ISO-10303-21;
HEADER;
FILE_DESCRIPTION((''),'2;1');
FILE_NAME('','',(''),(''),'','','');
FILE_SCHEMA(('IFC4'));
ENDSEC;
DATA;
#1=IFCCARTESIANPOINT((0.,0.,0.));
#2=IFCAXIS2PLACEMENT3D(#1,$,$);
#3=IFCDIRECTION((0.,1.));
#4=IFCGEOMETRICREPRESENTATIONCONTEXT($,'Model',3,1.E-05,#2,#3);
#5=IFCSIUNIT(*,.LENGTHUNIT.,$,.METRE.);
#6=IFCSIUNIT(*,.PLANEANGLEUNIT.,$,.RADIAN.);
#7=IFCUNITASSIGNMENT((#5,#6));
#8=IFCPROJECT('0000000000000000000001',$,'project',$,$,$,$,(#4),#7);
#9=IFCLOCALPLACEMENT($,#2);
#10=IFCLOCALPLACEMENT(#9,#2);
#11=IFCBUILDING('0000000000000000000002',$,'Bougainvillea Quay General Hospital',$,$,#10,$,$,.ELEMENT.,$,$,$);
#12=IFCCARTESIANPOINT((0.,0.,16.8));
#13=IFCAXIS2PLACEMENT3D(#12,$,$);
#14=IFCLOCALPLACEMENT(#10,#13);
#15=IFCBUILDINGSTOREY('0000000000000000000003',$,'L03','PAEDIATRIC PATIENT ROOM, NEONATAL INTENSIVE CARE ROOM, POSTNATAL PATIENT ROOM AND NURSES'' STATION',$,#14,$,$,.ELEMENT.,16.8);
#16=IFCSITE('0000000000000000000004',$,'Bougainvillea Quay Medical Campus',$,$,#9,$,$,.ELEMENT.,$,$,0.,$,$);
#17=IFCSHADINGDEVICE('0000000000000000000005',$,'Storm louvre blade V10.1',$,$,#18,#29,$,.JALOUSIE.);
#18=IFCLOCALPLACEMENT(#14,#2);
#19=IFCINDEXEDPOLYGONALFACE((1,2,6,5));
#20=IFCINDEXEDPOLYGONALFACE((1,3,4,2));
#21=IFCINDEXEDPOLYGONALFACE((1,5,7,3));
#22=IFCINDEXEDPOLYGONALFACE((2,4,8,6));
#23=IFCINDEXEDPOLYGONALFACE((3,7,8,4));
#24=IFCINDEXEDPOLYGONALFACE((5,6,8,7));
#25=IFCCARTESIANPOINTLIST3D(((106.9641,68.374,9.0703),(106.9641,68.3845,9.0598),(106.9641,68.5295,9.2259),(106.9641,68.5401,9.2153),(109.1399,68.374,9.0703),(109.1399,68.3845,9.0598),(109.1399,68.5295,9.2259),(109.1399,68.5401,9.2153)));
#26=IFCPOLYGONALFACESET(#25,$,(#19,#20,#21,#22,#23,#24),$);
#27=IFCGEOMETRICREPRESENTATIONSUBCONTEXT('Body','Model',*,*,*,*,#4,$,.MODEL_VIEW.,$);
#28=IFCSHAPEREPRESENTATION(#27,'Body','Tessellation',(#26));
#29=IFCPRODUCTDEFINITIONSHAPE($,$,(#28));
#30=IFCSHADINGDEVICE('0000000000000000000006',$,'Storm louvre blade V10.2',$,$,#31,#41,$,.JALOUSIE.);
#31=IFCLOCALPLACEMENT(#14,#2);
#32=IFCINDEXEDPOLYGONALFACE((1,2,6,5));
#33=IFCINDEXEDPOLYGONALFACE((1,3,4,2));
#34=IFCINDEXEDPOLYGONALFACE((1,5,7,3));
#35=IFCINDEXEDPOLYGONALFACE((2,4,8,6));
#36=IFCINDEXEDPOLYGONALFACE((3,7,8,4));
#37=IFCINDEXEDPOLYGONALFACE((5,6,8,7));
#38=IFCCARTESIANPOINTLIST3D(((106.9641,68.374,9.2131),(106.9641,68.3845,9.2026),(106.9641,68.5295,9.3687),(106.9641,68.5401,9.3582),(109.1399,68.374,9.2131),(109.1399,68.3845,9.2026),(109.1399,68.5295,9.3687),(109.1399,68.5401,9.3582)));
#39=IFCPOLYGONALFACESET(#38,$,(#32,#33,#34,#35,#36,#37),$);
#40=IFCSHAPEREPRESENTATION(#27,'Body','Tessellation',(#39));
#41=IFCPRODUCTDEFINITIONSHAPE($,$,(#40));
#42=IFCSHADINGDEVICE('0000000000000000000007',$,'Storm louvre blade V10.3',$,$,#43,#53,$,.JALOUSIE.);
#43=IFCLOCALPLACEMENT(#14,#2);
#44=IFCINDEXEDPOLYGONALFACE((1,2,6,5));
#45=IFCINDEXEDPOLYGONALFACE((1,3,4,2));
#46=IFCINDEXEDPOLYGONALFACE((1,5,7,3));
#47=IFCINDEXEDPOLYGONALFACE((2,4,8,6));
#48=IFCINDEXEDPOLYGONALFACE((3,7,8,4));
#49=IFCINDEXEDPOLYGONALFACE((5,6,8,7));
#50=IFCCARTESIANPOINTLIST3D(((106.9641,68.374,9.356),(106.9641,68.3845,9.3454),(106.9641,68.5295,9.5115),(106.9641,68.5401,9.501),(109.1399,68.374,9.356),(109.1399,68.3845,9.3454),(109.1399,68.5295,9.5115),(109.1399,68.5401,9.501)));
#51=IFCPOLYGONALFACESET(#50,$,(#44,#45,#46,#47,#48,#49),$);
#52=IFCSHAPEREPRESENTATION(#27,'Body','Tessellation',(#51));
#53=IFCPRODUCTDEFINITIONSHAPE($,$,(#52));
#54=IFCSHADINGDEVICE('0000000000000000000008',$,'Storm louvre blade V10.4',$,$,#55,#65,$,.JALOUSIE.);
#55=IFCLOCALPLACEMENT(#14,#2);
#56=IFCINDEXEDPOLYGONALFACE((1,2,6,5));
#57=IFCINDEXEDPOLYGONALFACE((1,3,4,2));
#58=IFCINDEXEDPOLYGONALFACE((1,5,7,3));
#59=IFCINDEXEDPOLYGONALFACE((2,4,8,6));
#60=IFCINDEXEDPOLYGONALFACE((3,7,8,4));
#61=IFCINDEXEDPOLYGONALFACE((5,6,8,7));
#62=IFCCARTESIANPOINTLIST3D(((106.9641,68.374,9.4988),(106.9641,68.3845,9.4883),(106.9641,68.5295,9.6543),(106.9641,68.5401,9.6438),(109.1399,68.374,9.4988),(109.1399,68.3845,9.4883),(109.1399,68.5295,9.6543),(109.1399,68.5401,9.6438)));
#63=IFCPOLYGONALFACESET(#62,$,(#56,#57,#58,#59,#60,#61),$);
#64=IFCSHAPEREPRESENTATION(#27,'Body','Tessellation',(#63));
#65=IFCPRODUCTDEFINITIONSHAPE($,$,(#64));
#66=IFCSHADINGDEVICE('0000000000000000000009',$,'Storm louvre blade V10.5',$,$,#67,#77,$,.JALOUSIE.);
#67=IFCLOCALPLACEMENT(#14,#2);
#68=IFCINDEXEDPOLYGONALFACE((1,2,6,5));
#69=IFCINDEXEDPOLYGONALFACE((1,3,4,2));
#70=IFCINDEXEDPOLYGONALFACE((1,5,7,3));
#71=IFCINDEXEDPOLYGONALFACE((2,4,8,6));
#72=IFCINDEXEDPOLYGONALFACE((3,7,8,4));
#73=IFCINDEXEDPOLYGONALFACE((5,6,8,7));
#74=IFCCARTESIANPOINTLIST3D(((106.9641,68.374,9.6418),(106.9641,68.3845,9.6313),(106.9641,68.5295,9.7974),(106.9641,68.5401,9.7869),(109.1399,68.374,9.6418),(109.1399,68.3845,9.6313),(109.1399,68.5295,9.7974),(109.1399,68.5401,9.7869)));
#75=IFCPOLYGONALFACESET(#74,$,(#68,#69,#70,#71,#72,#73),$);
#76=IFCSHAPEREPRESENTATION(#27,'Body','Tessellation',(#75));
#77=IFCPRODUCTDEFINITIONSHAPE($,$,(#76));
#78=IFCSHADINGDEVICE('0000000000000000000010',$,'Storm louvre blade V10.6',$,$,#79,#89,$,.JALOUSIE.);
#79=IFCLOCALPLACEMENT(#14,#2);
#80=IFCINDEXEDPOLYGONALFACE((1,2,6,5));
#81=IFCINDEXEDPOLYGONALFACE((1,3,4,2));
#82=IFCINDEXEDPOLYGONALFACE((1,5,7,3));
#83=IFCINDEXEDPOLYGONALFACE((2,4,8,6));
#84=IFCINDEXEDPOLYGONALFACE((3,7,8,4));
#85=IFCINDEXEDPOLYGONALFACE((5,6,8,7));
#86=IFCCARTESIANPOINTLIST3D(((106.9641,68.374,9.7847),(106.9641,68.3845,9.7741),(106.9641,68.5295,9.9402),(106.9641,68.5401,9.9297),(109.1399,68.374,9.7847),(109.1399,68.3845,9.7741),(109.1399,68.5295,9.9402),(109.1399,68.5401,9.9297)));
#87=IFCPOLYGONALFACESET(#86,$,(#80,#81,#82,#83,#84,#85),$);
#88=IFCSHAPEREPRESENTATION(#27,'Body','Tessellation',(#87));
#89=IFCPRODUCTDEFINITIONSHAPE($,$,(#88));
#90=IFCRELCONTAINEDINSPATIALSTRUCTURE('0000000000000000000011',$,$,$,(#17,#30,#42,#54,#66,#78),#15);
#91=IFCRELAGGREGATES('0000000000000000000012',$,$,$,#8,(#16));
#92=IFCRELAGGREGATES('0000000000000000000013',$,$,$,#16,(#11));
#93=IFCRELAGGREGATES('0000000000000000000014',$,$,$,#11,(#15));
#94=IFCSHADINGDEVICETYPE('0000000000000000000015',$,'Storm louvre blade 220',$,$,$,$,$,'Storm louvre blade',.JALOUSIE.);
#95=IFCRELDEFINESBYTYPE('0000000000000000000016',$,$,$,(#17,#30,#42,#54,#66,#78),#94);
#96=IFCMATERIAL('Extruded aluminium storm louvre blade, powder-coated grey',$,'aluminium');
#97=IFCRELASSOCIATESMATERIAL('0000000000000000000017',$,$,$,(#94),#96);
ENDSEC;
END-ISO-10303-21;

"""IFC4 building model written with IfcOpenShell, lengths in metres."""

from ifc_helpers import new_model, si_unit, direction, frame, origin, origin_2d, place, context, subcontext, project, spatial, rectangle, extrude, material, material_profile, profile_set, type_object, element, save


model = new_model("IFC4")

# Units and contexts
model_context = context("Model", 3, precision=1e-05, world=origin(), true_north=direction((0.0, 1.0)))
body_context = subcontext(model_context, "Body", "Model", "MODEL_VIEW")
ifc_project = project(units=[si_unit("LENGTHUNIT", "METRE"), si_unit("PLANEANGLEUNIT", "RADIAN")], contexts=[model_context])

# Site, building, storey
site_placement = place(None, origin())
site = spatial("IfcSite", under=ifc_project, at=site_placement, Name="Bougainvillea Quay Medical Campus", CompositionType="ELEMENT", RefElevation=0.0)
building_placement = place(site_placement, origin())
building = spatial("IfcBuilding", under=site, at=building_placement, Name="Bougainvillea Quay General Hospital", CompositionType="ELEMENT")
storey_placement = place(building_placement, frame((0.0, 0.0, 16.8)))
storey = spatial("IfcBuildingStorey", under=building, at=storey_placement, Name="L03", Description="PAEDIATRIC PATIENT ROOM, NEONATAL INTENSIVE CARE ROOM, POSTNATAL PATIENT ROOM AND NURSES' STATION", CompositionType="ELEMENT", Elevation=16.8)

# Shading devices
ifc_material_1 = material(Name="Extruded aluminium storm louvre blade, powder-coated grey", Category="aluminium")
ifc_material_profile_1 = material_profile(ifc_material_1, rectangle(XDim=0.22, YDim=0.0149, at=origin_2d()))
ifc_profile_set_1 = profile_set([ifc_material_profile_1], Name="Extruded aluminium storm louvre blade, powder-coated grey")
shading_device_type_1 = type_object("IfcShadingDeviceType", Name="Storm louvre blade 220", ElementType="Storm louvre blade", PredefinedType="JALOUSIE", material=ifc_profile_set_1)
for number, where, z_axis, x_axis, name in (
    (1, (106.9641, 68.457, 9.1428), (1.0, 0.0, 0.0), (0.0, 0.707107, 0.707107), "Storm louvre blade V10.1"),
    (2, (106.9641, 68.457, 9.2856), (1.0, 0.0, 0.0), (0.0, 0.707107, 0.707107), "Storm louvre blade V10.2"),
    (3, (106.9641, 68.457, 9.4285), (1.0, 0.0, 0.0), (0.0, 0.707107, 0.707107), "Storm louvre blade V10.3"),
    (4, (106.9641, 68.457, 9.5713), (1.0, 0.0, 0.0), (0.0, 0.707107, 0.707107), "Storm louvre blade V10.4"),
    (5, (106.9641, 68.457, 9.7144), (1.0, 0.0, 0.0), (0.0, 0.707107, 0.707107), "Storm louvre blade V10.5"),
    (6, (106.9641, 68.457, 9.8572), (1.0, 0.0, 0.0), (0.0, 0.707107, 0.707107), "Storm louvre blade V10.6"),
):
    element("IfcShadingDevice", number, at=place(storey_placement, frame(where, z_axis=z_axis, x_axis=x_axis)), inside=storey, type_object=shading_device_type_1, Name=name, PredefinedType="JALOUSIE", context=body_context, shape_type="SweptSolid", body=[
        extrude(rectangle(XDim=0.22, YDim=0.0149, at=origin_2d()), origin(), (0.0, 0.0, 1.0), 2.1758),
    ])

save(model, "model.ifc")
